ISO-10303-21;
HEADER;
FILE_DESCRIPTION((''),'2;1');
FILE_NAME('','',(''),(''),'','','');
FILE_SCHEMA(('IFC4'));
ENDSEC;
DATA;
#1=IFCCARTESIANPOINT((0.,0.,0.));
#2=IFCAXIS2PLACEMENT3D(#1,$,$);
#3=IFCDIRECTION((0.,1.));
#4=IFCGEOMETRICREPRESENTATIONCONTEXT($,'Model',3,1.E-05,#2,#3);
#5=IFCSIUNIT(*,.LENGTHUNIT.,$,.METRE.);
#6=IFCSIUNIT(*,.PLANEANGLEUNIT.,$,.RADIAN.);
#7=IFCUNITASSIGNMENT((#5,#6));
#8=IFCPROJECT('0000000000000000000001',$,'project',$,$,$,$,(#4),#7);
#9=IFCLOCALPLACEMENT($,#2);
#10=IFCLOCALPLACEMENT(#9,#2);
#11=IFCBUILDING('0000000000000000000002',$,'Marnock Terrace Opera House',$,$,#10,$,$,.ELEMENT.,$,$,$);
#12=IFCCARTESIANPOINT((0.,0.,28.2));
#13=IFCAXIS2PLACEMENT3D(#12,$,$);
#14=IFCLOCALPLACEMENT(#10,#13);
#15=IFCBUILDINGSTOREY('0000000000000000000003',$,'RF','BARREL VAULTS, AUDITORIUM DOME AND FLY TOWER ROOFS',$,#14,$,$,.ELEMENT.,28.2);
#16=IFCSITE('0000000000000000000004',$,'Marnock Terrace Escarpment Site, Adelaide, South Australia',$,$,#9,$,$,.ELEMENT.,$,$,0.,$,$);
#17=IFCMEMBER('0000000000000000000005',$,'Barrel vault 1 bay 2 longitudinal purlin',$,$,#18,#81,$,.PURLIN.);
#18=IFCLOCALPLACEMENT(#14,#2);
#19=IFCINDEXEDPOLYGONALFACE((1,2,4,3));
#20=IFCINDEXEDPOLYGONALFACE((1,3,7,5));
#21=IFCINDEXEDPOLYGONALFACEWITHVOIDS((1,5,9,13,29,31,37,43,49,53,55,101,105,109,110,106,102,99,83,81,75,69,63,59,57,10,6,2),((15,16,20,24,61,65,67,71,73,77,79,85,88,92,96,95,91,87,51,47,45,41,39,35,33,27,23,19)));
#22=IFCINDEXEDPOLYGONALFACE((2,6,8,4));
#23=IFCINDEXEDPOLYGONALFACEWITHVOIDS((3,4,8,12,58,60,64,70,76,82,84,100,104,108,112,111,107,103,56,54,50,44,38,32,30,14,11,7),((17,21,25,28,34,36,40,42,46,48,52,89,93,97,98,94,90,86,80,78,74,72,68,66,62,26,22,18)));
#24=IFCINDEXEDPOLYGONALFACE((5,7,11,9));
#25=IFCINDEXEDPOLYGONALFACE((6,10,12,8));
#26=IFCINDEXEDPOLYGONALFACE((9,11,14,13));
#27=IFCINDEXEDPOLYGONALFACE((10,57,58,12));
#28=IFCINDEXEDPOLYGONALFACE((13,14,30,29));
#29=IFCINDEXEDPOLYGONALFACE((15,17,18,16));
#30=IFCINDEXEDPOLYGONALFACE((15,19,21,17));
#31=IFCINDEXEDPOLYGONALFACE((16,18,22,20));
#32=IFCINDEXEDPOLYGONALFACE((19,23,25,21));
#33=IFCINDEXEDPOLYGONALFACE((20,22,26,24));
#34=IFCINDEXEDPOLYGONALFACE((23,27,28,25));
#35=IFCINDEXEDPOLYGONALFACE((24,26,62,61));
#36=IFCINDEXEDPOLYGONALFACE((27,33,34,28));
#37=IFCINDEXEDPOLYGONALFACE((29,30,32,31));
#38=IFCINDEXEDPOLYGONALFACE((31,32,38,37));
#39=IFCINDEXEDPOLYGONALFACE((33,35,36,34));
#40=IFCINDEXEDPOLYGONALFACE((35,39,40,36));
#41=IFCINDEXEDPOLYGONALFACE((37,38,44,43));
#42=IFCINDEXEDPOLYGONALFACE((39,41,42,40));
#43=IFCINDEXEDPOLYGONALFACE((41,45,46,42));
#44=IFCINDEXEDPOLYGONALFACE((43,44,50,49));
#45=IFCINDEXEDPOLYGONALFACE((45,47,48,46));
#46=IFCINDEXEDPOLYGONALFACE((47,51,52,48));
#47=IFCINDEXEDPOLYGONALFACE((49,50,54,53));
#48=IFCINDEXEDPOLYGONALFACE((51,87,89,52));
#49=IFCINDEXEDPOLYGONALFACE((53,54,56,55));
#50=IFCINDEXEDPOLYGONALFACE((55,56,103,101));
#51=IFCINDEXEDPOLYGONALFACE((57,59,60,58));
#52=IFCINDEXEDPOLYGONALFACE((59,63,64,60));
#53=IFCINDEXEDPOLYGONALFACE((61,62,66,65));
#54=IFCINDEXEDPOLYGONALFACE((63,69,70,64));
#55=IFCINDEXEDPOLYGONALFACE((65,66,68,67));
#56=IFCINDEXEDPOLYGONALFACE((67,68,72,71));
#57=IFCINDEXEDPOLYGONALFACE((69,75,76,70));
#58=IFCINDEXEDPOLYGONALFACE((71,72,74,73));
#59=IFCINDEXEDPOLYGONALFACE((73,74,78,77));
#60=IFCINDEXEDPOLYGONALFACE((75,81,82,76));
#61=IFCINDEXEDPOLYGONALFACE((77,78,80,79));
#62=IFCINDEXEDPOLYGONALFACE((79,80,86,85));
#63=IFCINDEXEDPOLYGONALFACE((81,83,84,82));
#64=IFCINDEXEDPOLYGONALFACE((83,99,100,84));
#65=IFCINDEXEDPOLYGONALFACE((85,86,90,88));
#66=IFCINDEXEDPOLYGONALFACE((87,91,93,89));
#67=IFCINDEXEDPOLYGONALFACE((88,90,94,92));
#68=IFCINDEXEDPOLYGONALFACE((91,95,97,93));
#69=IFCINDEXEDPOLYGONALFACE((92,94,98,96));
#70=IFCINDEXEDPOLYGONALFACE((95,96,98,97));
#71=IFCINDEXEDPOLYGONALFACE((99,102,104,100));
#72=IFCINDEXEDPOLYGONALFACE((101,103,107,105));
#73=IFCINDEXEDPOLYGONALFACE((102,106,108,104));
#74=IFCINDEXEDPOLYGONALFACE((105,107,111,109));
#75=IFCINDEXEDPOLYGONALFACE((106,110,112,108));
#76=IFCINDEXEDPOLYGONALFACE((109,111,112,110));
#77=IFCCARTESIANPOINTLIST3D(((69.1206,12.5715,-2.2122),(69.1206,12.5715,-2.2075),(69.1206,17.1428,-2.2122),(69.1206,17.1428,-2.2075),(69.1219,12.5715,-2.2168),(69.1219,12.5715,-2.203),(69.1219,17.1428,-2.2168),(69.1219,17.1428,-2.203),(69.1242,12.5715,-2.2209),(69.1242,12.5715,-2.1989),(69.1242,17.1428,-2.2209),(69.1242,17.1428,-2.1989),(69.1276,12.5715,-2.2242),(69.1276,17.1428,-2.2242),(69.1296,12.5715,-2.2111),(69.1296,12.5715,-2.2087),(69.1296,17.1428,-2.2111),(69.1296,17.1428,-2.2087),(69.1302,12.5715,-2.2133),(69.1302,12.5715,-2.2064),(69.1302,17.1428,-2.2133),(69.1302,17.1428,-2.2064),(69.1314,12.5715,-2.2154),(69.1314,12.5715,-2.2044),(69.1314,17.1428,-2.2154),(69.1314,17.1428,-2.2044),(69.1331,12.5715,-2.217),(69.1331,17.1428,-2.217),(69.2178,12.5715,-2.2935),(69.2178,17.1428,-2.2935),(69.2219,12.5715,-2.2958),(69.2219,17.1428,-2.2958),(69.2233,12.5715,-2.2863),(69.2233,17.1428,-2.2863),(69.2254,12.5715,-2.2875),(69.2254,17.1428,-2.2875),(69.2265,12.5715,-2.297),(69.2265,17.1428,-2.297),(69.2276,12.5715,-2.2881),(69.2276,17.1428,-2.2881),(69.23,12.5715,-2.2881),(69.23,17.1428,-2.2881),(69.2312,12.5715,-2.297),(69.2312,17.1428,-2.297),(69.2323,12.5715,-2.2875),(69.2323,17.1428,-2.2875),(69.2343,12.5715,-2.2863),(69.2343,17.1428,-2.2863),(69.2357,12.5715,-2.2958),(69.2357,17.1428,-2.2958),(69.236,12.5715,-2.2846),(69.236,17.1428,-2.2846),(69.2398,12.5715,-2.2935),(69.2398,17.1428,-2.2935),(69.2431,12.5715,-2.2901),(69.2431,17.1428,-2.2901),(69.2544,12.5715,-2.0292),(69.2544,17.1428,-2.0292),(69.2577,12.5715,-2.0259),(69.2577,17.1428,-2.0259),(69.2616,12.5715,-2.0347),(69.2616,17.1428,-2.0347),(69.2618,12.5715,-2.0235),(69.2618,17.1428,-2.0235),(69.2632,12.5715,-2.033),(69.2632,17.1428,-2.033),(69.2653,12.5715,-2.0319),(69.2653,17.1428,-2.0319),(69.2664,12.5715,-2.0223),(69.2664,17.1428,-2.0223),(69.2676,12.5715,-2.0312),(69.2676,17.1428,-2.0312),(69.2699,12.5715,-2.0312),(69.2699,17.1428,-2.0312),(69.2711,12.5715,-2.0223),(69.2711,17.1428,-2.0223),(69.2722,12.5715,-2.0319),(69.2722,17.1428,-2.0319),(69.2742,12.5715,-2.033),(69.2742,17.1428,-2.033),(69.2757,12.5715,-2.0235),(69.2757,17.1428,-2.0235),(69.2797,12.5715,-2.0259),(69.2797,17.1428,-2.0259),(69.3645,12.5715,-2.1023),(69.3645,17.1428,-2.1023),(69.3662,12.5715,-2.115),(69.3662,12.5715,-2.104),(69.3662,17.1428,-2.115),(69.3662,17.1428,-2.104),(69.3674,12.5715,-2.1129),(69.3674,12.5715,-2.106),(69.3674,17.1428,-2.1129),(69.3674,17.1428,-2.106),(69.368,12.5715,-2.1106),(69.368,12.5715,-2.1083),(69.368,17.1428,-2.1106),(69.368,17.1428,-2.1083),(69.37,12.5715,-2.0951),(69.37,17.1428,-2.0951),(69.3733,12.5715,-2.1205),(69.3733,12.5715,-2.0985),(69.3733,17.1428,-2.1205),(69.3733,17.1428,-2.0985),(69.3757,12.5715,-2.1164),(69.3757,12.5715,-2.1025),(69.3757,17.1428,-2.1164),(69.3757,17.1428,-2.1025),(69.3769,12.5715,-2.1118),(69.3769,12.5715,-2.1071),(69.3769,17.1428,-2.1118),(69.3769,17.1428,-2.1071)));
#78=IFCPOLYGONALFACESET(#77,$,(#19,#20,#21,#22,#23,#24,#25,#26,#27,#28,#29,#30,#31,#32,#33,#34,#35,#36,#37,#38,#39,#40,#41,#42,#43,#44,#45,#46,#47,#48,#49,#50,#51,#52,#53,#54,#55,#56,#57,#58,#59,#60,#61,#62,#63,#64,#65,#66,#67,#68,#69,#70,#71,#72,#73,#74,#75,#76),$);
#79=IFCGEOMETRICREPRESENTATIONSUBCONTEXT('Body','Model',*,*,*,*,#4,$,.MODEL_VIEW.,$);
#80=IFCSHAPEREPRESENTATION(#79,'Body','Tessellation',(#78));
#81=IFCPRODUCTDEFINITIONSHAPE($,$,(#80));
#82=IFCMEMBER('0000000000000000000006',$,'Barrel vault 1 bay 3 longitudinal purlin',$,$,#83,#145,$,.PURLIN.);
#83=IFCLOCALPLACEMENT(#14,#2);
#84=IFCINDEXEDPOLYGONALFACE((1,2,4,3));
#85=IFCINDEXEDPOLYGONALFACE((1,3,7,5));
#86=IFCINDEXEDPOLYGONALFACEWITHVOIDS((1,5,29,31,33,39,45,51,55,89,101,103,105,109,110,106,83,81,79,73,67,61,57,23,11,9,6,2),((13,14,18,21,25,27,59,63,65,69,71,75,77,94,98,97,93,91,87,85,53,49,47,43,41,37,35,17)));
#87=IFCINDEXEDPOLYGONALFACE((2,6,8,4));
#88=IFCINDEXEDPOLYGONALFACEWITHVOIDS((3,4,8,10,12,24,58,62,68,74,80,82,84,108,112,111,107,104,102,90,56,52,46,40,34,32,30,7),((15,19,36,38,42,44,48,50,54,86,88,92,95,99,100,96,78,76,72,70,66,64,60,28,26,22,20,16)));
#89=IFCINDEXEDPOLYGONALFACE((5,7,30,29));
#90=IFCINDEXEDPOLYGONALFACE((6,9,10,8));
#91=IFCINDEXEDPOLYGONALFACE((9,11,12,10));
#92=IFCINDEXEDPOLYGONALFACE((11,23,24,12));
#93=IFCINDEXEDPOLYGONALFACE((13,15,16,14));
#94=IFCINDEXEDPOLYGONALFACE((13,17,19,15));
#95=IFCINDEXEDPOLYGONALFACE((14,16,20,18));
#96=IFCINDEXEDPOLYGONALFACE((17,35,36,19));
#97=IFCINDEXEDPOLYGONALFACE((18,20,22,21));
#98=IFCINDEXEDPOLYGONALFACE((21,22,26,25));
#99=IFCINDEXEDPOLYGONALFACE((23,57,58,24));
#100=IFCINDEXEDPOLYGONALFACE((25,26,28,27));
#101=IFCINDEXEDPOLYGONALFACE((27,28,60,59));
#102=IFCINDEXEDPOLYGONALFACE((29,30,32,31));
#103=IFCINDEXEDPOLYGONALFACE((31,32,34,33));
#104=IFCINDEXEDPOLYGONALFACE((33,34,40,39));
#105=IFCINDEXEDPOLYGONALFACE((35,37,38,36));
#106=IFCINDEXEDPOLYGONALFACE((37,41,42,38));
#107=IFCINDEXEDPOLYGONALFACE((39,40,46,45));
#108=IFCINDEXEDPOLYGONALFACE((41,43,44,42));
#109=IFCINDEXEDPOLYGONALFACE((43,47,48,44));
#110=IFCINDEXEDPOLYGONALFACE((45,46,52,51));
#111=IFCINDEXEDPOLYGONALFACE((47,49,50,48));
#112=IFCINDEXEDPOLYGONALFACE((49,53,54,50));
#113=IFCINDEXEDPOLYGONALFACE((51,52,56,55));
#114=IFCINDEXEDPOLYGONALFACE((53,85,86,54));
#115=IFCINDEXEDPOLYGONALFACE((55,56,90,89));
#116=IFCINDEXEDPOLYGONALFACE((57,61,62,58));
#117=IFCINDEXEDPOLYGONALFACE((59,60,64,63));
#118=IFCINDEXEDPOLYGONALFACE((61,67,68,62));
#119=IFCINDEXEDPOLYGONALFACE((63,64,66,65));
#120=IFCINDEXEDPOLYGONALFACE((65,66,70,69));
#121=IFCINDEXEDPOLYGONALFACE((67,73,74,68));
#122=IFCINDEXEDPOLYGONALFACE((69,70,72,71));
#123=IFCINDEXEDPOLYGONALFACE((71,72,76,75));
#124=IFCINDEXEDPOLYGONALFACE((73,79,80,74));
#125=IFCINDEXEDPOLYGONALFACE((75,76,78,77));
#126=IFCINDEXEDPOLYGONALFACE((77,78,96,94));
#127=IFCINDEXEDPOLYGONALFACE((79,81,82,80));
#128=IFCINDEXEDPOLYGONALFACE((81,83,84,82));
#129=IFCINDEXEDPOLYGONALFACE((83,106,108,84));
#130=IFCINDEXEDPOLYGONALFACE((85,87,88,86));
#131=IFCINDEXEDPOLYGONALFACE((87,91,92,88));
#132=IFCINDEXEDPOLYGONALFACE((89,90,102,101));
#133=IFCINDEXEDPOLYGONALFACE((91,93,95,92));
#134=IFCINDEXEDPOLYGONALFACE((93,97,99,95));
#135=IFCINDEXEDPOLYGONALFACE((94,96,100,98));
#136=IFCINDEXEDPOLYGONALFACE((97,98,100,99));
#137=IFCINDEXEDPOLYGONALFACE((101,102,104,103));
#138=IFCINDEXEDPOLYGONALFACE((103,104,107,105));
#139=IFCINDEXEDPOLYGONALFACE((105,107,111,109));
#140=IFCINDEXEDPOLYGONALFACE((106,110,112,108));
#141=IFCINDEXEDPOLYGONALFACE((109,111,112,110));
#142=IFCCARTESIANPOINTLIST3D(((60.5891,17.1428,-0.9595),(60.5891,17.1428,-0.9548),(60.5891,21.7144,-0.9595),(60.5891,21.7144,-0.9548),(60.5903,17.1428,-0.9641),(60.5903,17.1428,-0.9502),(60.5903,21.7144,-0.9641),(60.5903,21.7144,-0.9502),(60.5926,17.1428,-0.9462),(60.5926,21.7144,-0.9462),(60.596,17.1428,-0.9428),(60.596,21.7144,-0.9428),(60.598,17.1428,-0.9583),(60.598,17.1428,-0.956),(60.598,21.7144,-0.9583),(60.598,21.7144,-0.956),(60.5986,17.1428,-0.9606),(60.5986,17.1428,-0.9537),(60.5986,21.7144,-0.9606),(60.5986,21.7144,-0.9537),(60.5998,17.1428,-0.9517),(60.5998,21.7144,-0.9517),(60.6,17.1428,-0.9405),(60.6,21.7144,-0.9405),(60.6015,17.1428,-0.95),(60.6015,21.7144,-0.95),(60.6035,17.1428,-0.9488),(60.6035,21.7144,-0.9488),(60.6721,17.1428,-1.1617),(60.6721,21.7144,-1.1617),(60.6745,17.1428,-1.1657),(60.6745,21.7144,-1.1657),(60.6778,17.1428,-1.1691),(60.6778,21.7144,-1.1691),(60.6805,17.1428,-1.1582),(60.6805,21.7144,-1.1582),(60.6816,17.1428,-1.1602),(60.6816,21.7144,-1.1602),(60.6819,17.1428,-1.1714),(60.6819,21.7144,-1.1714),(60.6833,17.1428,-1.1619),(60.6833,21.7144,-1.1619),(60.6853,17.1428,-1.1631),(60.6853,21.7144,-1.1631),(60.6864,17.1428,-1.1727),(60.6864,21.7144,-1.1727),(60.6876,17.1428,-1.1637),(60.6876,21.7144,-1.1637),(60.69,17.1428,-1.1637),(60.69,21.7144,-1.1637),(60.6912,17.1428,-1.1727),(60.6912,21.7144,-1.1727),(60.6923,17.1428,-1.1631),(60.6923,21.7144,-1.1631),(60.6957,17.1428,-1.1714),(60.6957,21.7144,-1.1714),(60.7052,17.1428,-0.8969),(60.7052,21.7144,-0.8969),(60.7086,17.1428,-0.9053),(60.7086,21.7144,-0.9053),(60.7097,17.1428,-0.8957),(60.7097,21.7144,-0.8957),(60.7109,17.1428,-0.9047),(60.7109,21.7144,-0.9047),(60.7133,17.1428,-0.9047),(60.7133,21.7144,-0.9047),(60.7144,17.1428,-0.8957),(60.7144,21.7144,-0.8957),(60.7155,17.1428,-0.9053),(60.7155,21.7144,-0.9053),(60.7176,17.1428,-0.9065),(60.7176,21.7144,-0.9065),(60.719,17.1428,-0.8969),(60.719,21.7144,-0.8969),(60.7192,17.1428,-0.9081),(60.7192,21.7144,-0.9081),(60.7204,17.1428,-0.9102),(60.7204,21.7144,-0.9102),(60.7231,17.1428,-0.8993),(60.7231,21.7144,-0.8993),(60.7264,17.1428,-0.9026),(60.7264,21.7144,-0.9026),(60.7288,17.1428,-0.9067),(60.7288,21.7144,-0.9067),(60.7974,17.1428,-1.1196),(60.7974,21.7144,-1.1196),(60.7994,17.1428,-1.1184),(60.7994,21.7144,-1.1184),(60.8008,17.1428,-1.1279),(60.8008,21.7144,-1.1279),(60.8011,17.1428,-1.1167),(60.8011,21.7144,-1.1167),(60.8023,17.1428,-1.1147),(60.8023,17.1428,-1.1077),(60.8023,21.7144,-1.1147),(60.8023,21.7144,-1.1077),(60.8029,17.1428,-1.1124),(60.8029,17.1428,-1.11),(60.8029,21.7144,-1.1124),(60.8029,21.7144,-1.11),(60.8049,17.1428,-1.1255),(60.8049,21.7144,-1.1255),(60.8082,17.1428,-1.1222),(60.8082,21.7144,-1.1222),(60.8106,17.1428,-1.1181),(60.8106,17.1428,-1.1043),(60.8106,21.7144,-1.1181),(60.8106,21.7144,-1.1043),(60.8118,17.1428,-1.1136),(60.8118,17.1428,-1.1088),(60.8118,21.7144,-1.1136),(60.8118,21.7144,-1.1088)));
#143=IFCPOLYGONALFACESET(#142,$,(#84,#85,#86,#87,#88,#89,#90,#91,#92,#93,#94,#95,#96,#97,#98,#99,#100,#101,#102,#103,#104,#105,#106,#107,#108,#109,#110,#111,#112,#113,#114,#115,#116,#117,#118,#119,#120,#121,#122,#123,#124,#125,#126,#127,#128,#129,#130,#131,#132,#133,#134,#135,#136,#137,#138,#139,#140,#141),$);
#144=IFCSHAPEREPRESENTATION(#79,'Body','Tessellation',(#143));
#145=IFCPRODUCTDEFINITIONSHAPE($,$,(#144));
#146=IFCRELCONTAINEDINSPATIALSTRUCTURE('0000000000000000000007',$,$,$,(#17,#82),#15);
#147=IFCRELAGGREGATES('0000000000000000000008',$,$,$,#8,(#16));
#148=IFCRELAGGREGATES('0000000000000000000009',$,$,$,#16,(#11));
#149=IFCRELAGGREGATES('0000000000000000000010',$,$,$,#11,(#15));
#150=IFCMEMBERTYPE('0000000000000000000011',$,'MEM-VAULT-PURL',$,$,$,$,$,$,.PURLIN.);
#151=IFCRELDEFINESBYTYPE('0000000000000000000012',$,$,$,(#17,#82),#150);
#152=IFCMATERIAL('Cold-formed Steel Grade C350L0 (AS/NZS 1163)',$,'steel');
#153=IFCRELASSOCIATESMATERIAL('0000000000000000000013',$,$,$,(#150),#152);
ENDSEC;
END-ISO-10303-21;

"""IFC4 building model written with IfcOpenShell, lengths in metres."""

from ifc_helpers import new_model, si_unit, direction, frame, origin, origin_2d, place, context, subcontext, project, spatial, hollow_rectangle, extrude, material, material_profile, profile_set, type_object, element, save


model = new_model("IFC4")

# Units and contexts
model_context = context("Model", 3, precision=1e-05, world=origin(), true_north=direction((0.0, 1.0)))
body_context = subcontext(model_context, "Body", "Model", "MODEL_VIEW")
ifc_project = project(units=[si_unit("LENGTHUNIT", "METRE"), si_unit("PLANEANGLEUNIT", "RADIAN")], contexts=[model_context])

# Site, building, storey
site_placement = place(None, origin())
site = spatial("IfcSite", under=ifc_project, at=site_placement, Name="Marnock Terrace Escarpment Site, Adelaide, South Australia", CompositionType="ELEMENT", RefElevation=0.0)
building_placement = place(site_placement, origin())
building = spatial("IfcBuilding", under=site, at=building_placement, Name="Marnock Terrace Opera House", CompositionType="ELEMENT")
storey_placement = place(building_placement, frame((0.0, 0.0, 28.2)))
storey = spatial("IfcBuildingStorey", under=building, at=storey_placement, Name="RF", Description="BARREL VAULTS, AUDITORIUM DOME AND FLY TOWER ROOFS", CompositionType="ELEMENT", Elevation=28.2)

# Members
ifc_material_1 = material(Name="Cold-formed Steel Grade C350L0 (AS/NZS 1163)", Category="steel")
ifc_material_profile_1 = material_profile(ifc_material_1, hollow_rectangle(XDim=0.1499, YDim=0.25, WallThickness=0.009, InnerFilletRadius=0.009, OuterFilletRadius=0.0181, at=origin_2d()))
ifc_profile_set_1 = profile_set([ifc_material_profile_1], Name="Cold-formed Steel Grade C350L0 (AS/NZS 1163)")
member_type_1 = type_object("IfcMemberType", Name="MEM-VAULT-PURL", PredefinedType="PURLIN", material=ifc_profile_set_1)
for number, where, z_axis, x_axis, name in (
    (1, (69.2488, 12.5715, -2.1597), (0.0, 1.0, 0.0), (-0.793353, 0.0, 0.608761), "Barrel vault 1 bay 2 longitudinal purlin"),
):
    element("IfcMember", number, at=place(storey_placement, frame(where, z_axis=z_axis, x_axis=x_axis)), inside=storey, type_object=member_type_1, Name=name, PredefinedType="PURLIN", context=body_context, shape_type="SweptSolid", body=[
        extrude(hollow_rectangle(XDim=0.1499, YDim=0.25, WallThickness=0.009, InnerFilletRadius=0.009, OuterFilletRadius=0.0181, at=origin_2d()), origin(), (0.0, 0.0, 1.0), 4.5713),
    ])
for number, where, z_axis, x_axis, name in (
    (2, (60.7004, 17.1428, -1.0342), (0.0, 1.0, 0.0), (-0.92388, 0.0, -0.382683), "Barrel vault 1 bay 3 longitudinal purlin"),
):
    element("IfcMember", number, at=place(storey_placement, frame(where, z_axis=z_axis, x_axis=x_axis)), inside=storey, type_object=member_type_1, Name=name, PredefinedType="PURLIN", context=body_context, shape_type="SweptSolid", body=[
        extrude(hollow_rectangle(XDim=0.1499, YDim=0.25, WallThickness=0.009, InnerFilletRadius=0.009, OuterFilletRadius=0.0181, at=origin_2d()), origin(), (0.0, 0.0, 1.0), 4.5715),
    ])

save(model, "model.ifc")
